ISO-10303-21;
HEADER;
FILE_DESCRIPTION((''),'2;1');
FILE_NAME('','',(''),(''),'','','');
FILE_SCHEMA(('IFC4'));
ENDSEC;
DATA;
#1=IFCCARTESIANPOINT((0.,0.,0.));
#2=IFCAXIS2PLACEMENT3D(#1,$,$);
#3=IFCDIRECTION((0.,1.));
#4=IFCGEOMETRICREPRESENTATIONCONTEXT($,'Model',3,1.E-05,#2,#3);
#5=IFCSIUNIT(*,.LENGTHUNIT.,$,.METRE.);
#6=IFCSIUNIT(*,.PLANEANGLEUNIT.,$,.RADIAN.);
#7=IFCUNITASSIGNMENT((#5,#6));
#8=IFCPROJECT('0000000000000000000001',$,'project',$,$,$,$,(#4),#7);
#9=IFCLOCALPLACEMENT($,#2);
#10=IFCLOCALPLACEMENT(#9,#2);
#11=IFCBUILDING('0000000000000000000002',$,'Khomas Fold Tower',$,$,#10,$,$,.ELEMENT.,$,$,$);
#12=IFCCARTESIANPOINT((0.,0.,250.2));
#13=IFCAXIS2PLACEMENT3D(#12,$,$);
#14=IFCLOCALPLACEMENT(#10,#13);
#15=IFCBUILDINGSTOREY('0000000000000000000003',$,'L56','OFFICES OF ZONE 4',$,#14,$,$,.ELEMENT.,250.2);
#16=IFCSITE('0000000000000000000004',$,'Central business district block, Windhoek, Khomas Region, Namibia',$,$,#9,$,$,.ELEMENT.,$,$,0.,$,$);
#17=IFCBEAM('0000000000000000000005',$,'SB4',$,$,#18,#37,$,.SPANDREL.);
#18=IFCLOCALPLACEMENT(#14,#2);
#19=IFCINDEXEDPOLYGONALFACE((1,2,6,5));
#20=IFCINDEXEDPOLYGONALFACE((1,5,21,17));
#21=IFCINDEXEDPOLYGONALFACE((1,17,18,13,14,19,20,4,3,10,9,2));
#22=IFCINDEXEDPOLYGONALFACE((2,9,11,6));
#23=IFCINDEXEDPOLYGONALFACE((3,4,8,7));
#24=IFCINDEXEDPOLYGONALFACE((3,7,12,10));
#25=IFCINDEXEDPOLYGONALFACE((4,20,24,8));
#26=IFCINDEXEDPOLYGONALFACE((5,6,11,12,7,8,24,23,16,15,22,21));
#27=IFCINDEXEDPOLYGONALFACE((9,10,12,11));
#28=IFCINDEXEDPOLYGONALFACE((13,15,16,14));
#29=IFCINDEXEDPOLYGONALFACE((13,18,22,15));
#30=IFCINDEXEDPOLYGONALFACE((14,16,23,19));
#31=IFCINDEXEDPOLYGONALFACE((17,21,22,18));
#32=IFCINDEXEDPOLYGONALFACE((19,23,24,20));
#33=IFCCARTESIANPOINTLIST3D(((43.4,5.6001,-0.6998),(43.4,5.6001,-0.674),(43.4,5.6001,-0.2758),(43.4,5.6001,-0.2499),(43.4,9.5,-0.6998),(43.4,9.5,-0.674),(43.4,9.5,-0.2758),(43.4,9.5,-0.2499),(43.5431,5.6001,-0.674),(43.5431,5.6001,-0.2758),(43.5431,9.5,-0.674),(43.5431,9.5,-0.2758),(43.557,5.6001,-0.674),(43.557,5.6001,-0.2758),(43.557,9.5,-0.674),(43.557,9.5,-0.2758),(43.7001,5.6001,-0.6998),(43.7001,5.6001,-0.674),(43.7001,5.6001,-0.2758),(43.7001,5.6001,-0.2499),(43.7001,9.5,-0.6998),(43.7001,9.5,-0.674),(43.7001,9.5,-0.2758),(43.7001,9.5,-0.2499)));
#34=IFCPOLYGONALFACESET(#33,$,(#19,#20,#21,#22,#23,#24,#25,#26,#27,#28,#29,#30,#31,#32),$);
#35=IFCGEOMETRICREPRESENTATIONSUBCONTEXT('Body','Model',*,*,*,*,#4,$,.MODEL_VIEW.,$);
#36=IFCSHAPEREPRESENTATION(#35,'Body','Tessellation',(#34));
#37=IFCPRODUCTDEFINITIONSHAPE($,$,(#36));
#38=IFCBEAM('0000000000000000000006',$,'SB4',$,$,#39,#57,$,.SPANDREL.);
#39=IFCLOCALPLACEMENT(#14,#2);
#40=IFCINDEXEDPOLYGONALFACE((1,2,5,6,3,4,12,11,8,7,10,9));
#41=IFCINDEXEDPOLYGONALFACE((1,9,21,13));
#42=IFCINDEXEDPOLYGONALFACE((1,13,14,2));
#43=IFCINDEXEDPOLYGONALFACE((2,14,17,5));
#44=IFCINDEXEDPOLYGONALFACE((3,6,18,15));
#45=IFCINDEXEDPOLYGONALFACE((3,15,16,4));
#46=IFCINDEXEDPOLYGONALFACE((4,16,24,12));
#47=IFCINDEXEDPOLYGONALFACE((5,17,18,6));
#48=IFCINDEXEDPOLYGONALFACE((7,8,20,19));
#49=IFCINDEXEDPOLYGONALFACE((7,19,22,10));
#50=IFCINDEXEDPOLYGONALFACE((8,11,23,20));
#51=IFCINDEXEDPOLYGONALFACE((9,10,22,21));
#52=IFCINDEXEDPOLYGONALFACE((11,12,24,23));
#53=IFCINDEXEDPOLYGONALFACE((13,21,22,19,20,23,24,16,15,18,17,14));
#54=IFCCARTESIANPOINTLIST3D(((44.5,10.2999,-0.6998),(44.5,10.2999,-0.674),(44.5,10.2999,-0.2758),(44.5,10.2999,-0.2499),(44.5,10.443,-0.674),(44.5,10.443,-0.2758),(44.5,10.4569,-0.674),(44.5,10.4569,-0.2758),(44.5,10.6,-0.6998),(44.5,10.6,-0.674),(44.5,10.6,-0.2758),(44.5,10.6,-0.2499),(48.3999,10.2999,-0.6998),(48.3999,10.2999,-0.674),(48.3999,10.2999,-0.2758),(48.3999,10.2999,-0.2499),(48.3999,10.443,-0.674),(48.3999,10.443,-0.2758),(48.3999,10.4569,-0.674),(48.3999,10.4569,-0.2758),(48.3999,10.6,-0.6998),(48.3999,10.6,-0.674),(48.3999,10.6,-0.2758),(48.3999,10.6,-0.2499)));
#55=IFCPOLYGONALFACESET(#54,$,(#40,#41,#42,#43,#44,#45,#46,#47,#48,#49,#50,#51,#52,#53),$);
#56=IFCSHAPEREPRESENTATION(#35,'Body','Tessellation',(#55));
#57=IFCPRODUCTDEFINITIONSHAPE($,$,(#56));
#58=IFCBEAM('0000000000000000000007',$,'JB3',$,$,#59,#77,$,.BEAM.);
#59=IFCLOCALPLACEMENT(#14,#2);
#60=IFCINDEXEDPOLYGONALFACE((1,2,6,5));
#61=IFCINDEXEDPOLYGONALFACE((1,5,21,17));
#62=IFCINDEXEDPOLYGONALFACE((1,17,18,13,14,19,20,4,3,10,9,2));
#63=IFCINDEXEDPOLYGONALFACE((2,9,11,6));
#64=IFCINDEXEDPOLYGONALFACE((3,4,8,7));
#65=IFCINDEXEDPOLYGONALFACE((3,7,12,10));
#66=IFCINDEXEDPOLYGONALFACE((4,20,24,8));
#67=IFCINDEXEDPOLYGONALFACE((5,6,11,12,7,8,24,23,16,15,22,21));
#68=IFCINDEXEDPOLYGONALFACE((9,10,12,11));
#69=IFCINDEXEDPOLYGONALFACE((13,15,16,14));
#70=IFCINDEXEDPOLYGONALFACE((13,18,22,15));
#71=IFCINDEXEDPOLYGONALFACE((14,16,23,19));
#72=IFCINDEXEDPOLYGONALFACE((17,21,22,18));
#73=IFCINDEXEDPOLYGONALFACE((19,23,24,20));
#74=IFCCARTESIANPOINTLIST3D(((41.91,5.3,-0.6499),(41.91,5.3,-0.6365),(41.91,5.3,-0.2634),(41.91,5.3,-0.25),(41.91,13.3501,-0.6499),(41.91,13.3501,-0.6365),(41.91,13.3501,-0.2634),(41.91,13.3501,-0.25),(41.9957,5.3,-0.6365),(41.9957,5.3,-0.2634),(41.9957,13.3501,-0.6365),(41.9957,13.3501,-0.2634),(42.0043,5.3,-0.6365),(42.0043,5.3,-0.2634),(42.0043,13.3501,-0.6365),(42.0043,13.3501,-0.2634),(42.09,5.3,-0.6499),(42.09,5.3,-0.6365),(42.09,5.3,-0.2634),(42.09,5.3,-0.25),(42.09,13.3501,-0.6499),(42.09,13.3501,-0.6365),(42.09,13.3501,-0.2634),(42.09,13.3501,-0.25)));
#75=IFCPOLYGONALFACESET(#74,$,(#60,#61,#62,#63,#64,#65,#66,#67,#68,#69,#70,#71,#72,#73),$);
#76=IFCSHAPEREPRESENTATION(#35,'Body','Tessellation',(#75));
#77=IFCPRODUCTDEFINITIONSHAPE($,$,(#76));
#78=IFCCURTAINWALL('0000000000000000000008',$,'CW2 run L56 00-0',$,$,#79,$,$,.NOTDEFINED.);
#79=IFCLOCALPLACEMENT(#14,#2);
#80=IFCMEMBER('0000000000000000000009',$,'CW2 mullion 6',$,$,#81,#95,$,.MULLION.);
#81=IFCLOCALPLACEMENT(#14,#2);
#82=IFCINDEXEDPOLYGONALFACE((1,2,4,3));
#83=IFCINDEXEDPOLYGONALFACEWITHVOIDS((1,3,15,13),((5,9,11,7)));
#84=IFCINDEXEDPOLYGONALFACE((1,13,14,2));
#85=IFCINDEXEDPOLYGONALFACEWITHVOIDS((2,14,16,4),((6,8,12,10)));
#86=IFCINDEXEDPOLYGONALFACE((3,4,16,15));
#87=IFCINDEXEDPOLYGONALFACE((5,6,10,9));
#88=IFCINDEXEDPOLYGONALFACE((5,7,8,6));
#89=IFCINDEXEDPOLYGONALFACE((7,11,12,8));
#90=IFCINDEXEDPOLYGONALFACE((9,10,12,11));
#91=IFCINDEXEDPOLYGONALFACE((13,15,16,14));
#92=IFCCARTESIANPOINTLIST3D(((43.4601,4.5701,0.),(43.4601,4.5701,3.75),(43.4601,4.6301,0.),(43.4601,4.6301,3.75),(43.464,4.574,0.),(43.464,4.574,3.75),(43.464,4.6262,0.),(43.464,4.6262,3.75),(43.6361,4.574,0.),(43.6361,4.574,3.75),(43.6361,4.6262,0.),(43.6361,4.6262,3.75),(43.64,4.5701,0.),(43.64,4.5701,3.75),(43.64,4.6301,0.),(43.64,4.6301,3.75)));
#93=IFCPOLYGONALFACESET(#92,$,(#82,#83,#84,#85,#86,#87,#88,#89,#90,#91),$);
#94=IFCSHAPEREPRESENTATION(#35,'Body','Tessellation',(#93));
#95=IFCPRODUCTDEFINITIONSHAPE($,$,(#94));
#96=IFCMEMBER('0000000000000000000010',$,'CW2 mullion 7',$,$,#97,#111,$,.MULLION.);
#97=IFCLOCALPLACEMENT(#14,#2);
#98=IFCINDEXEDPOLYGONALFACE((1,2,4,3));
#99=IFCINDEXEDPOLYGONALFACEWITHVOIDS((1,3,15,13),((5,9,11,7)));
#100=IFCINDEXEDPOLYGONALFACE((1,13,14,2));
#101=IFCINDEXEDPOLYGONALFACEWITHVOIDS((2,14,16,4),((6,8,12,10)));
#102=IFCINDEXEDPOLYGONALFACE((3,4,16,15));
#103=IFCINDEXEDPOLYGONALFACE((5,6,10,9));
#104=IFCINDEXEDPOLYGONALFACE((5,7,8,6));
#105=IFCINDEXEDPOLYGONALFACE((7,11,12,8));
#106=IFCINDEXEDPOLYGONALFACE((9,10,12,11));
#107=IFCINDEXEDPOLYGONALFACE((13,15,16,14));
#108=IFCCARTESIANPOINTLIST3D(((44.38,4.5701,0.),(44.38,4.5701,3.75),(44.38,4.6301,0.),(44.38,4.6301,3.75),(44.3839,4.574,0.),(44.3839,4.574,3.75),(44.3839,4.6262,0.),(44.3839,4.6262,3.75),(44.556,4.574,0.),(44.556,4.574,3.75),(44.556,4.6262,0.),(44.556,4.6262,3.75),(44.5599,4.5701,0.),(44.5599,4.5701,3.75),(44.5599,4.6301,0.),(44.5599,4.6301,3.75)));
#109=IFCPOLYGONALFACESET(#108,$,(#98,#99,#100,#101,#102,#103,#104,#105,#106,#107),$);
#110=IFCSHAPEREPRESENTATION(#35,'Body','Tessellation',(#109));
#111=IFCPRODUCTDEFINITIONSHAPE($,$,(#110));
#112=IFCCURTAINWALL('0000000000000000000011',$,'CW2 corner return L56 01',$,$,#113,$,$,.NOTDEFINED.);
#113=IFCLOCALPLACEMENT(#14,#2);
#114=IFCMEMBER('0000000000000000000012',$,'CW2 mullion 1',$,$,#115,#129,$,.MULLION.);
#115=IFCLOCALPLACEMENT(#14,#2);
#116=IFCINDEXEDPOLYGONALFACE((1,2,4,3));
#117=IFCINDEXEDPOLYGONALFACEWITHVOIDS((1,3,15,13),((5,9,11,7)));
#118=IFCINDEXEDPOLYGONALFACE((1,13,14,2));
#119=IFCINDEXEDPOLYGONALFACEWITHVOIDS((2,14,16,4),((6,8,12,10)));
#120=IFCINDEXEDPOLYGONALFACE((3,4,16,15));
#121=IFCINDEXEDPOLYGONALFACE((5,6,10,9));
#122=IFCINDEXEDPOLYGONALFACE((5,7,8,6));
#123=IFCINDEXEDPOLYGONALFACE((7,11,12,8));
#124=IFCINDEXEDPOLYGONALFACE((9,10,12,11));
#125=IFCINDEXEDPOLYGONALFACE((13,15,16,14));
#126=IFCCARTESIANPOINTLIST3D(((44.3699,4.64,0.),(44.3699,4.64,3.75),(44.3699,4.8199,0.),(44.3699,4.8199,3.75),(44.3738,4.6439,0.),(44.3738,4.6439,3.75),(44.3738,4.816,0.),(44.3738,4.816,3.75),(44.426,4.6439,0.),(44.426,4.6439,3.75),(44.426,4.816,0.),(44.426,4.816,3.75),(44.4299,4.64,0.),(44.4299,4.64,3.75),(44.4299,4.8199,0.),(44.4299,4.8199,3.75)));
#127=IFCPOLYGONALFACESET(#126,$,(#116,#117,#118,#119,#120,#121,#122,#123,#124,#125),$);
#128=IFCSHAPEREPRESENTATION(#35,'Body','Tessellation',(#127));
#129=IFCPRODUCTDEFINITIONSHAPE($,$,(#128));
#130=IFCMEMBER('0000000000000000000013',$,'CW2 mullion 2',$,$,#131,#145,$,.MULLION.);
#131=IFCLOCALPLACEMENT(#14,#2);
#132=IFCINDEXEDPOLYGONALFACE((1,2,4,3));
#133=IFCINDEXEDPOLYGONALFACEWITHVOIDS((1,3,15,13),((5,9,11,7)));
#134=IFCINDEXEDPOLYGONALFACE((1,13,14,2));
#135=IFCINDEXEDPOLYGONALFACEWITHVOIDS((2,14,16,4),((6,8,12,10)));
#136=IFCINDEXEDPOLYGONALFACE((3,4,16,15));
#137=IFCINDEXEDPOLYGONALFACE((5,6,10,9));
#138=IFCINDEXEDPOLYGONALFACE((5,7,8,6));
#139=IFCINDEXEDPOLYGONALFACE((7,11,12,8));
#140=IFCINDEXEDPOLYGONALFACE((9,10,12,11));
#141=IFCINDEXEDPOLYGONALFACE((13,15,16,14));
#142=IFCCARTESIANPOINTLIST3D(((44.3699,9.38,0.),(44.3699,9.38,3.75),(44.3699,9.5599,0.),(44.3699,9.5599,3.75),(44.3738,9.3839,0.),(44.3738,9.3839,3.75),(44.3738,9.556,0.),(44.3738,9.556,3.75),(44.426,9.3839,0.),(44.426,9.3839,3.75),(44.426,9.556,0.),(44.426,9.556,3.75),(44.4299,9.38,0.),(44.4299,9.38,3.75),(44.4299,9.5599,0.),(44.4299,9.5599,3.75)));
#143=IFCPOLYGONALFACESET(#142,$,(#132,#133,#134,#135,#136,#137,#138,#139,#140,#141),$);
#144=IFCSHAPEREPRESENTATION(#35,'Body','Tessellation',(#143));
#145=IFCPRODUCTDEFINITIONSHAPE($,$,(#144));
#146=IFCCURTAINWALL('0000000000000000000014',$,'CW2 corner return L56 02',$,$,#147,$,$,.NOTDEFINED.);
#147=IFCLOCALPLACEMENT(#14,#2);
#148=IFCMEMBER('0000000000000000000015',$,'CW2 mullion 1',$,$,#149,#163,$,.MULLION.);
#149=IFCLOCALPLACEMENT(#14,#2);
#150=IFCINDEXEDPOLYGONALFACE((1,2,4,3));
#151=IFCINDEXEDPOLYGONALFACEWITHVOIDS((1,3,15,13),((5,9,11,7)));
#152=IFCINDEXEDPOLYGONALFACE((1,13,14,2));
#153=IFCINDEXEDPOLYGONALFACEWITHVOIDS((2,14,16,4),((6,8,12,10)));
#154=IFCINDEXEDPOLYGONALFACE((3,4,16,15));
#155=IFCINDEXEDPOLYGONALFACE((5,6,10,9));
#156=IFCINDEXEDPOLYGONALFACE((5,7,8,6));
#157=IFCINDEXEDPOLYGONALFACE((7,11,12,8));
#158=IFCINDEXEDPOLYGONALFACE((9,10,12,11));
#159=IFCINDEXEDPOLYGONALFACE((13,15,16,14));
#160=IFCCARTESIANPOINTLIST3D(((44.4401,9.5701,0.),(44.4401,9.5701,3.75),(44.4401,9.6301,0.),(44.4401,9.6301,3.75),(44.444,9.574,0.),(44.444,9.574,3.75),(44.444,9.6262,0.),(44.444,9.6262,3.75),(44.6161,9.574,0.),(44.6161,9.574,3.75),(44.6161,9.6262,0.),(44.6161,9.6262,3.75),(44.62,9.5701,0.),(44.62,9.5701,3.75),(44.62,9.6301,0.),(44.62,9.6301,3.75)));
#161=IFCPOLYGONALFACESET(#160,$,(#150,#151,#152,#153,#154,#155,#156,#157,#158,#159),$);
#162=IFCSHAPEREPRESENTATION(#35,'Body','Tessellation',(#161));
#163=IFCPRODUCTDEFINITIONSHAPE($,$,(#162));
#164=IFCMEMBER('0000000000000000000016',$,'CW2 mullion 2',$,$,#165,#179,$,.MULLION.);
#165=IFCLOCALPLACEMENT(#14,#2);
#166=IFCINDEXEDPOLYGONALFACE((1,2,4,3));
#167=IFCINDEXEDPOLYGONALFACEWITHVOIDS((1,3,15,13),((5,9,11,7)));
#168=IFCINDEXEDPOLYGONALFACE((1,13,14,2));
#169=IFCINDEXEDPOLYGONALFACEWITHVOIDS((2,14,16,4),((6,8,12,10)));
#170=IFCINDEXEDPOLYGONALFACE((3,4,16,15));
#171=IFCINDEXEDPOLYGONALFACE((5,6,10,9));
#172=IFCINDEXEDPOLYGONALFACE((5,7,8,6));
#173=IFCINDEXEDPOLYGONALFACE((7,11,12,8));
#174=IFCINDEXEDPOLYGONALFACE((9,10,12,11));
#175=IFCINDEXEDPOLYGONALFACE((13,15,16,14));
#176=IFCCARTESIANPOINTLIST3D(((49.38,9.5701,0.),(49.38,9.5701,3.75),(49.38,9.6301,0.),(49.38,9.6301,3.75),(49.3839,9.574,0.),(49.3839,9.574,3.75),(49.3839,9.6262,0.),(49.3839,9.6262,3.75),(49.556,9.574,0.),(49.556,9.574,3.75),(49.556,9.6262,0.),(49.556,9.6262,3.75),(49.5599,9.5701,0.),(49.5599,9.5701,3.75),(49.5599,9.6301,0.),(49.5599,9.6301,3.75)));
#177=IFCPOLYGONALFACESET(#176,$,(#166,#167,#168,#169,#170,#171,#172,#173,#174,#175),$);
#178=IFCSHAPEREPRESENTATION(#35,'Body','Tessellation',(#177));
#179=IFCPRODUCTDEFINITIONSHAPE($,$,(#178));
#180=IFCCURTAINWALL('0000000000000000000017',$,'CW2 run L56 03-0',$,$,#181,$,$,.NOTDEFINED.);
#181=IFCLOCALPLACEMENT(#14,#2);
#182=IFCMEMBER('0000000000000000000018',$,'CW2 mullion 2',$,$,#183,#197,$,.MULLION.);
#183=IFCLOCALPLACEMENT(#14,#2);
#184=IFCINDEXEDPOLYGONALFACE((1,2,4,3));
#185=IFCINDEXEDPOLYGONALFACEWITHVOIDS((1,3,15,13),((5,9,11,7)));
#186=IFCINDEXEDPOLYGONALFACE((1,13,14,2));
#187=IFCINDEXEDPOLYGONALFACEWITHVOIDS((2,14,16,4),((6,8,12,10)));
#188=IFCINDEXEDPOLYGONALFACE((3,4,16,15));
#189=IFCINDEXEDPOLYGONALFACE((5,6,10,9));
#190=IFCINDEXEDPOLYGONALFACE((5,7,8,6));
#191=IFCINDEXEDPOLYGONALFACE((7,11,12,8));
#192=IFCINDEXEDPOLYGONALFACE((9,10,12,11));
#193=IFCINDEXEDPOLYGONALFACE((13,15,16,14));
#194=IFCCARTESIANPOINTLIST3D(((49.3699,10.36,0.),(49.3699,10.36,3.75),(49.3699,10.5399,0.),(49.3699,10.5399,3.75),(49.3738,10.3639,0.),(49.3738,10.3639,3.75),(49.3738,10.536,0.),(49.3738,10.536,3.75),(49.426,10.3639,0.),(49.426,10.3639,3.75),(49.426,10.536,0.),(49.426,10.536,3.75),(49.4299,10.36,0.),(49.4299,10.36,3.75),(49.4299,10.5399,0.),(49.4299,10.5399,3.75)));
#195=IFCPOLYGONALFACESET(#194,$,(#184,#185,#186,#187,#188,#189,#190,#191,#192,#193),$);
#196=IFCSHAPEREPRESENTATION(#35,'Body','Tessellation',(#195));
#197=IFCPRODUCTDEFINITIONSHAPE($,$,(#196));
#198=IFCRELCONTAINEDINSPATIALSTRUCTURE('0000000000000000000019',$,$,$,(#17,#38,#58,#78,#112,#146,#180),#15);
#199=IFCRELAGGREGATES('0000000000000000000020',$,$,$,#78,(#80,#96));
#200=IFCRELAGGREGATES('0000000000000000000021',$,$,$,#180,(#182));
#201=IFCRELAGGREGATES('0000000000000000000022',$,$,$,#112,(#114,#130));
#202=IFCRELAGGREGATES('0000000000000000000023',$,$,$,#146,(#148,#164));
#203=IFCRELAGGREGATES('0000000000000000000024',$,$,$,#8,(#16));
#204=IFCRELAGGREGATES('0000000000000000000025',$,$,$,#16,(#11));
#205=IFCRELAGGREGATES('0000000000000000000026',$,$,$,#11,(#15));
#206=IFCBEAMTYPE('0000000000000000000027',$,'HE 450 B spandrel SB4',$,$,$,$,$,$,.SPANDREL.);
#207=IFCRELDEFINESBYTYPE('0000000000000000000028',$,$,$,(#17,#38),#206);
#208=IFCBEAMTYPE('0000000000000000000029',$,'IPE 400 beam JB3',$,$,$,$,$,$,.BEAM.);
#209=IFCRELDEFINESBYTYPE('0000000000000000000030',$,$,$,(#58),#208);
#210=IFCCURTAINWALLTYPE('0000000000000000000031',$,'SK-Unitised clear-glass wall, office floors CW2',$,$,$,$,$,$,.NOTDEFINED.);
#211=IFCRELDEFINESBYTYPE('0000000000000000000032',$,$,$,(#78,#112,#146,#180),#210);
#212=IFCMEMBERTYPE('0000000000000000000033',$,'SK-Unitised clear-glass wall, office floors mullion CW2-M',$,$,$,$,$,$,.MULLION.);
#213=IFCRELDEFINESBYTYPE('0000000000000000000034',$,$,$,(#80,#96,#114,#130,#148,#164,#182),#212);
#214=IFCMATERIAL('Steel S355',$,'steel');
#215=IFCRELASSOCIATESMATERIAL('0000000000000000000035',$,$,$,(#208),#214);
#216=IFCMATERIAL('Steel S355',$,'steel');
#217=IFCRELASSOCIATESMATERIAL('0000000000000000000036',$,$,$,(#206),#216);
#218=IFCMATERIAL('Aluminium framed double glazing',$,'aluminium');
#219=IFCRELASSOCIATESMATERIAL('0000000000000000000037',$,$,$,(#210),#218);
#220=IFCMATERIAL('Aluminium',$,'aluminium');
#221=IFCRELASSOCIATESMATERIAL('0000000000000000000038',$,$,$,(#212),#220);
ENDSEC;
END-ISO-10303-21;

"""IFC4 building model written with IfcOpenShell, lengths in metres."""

from ifc_helpers import new_model, si_unit, direction, frame, origin, origin_2d, place, context, subcontext, project, spatial, hollow_rectangle, i_section, extrude, source, transform, mapped, material, material_profile, profile_set, type_object, element, aggregate, save


model = new_model("IFC4")

# Units and contexts
model_context = context("Model", 3, precision=1e-05, world=origin(), true_north=direction((0.0, 1.0)))
body_context = subcontext(model_context, "Body", "Model", "MODEL_VIEW")
ifc_project = project(units=[si_unit("LENGTHUNIT", "METRE"), si_unit("PLANEANGLEUNIT", "RADIAN")], contexts=[model_context])

# Site, building, storey
site_placement = place(None, origin())
site = spatial("IfcSite", under=ifc_project, at=site_placement, Name="Central business district block, Windhoek, Khomas Region, Namibia", CompositionType="ELEMENT", RefElevation=0.0)
building_placement = place(site_placement, origin())
building = spatial("IfcBuilding", under=site, at=building_placement, Name="Khomas Fold Tower", CompositionType="ELEMENT")
storey_placement = place(building_placement, frame((0.0, 0.0, 250.2)))
storey = spatial("IfcBuildingStorey", under=building, at=storey_placement, Name="L56", Description="OFFICES OF ZONE 4", CompositionType="ELEMENT", Elevation=250.2)

# Beams
ifc_material_1 = material(Name="Steel S355", Category="steel")
ifc_material_profile_1 = material_profile(ifc_material_1, i_section(OverallWidth=0.1799, OverallDepth=0.3999, WebThickness=0.0085, FlangeThickness=0.0134, at=origin_2d()), Name="IPE 400")
ifc_profile_set_1 = profile_set([ifc_material_profile_1], Name="Steel S355")
beam_type_1 = type_object("IfcBeamType", Name="IPE 400 beam JB3", PredefinedType="BEAM", material=ifc_profile_set_1)
ifc_material_2 = material(Name="Steel S355", Category="steel")
ifc_material_profile_2 = material_profile(ifc_material_2, i_section(OverallWidth=0.3, OverallDepth=0.45, WebThickness=0.0139, FlangeThickness=0.0259, at=origin_2d()), Name="HE 450 B")
ifc_profile_set_2 = profile_set([ifc_material_profile_2], Name="Steel S355")
beam_type_2 = type_object("IfcBeamType", Name="HE 450 B spandrel SB4", PredefinedType="SPANDREL", material=ifc_profile_set_2)
shared_shape_1 = source(origin(), body_context, "Body", "SweptSolid", [
    extrude(i_section(OverallWidth=0.3, OverallDepth=0.45, WebThickness=0.0139, FlangeThickness=0.0259, at=origin_2d()), origin(), (0.0, 0.0, 1.0), 3.8999),
])
for number, where, z_axis, x_axis, name in (
    (1, (43.55, 5.6001, -0.4749), (0.0, 1.0, 0.0), (-1.0, 0.0, 0.0), "SB4"),
    (2, (44.5, 10.45, -0.4749), (1.0, 0.0, 0.0), (0.0, 1.0, 0.0), "SB4"),
):
    element("IfcBeam", number, at=place(storey_placement, frame(where, z_axis=z_axis, x_axis=x_axis)), inside=storey, type_object=beam_type_2, Name=name, PredefinedType="SPANDREL", context=body_context, shape_type="MappedRepresentation", body=[
        mapped(shared_shape_1, transform((0.0, 0.0, 0.0))),
    ])
shared_shape_2 = source(origin(), body_context, "Body", "SweptSolid", [
    extrude(i_section(OverallWidth=0.1799, OverallDepth=0.3999, WebThickness=0.0085, FlangeThickness=0.0134, at=origin_2d()), origin(), (0.0, 0.0, 1.0), 8.05),
])
beam_1_placement = place(storey_placement, frame((42.0, 5.3, -0.45), z_axis=(0.0, 1.0, 0.0), x_axis=(-1.0, 0.0, 0.0)))
element("IfcBeam", 3, at=beam_1_placement, inside=storey, type_object=beam_type_1, Name="JB3", PredefinedType="BEAM", context=body_context, shape_type="MappedRepresentation", body=[
    mapped(shared_shape_2, transform((0.0, 0.0, 0.0))),
])

# Curtain walls, members
ifc_material_3 = material(Name="Aluminium framed double glazing", Category="aluminium")
curtain_wall_type = type_object("IfcCurtainWallType", Name="SK-Unitised clear-glass wall, office floors CW2", PredefinedType="NOTDEFINED", material=ifc_material_3)
curtain_wall_1_placement = place(storey_placement, origin())
curtain_wall_1 = element("IfcCurtainWall", 4, at=curtain_wall_1_placement, inside=storey, type_object=curtain_wall_type, Name="CW2 run L56 00-0", PredefinedType="NOTDEFINED")
ifc_material_4 = material(Name="Aluminium", Category="aluminium")
ifc_material_profile_3 = material_profile(ifc_material_4, hollow_rectangle(XDim=0.0601, YDim=0.1799, WallThickness=0.0039, at=origin_2d()), Name="SK-Unitised clear-glass wall, office floors mullion CW2-M")
ifc_profile_set_3 = profile_set([ifc_material_profile_3], Name="Aluminium")
member_type_1 = type_object("IfcMemberType", Name="SK-Unitised clear-glass wall, office floors mullion CW2-M", PredefinedType="MULLION", material=ifc_profile_set_3)
shared_shape_3 = source(origin(), body_context, "Body", "SweptSolid", [
    extrude(hollow_rectangle(XDim=0.0601, YDim=0.1799, WallThickness=0.0039, at=origin_2d()), origin(), (0.0, 0.0, 1.0), 3.75),
])
member_1_placement = place(storey_placement, frame((43.55, 4.6001, 0.0), z_axis=(0.0, 0.0, 1.0), x_axis=(0.0, 1.0, 0.0)))
member_1 = element("IfcMember", 5, at=member_1_placement, type_object=member_type_1, Name="CW2 mullion 6", PredefinedType="MULLION", context=body_context, shape_type="MappedRepresentation", body=[
    mapped(shared_shape_3, transform((0.0, 0.0, 0.0))),
])
member_2_placement = place(storey_placement, frame((44.47, 4.6001, 0.0), z_axis=(0.0, 0.0, 1.0), x_axis=(0.0, 1.0, 0.0)))
member_2 = element("IfcMember", 6, at=member_2_placement, type_object=member_type_1, Name="CW2 mullion 7", PredefinedType="MULLION", context=body_context, shape_type="MappedRepresentation", body=[
    mapped(shared_shape_3, transform((0.0, 0.0, 0.0))),
])
curtain_wall_2_placement = place(storey_placement, origin())
curtain_wall_2 = element("IfcCurtainWall", 7, at=curtain_wall_2_placement, inside=storey, type_object=curtain_wall_type, Name="CW2 corner return L56 01", PredefinedType="NOTDEFINED")
member_3_placement = place(storey_placement, frame((44.3999, 4.73, 0.0), z_axis=(0.0, 0.0, 1.0), x_axis=(-1.0, 0.0, 0.0)))
member_3 = element("IfcMember", 8, at=member_3_placement, type_object=member_type_1, Name="CW2 mullion 1", PredefinedType="MULLION", context=body_context, shape_type="MappedRepresentation", body=[
    mapped(shared_shape_3, transform((0.0, 0.0, 0.0))),
])
member_4_placement = place(storey_placement, frame((44.3999, 9.47, 0.0), z_axis=(0.0, 0.0, 1.0), x_axis=(-1.0, 0.0, 0.0)))
member_4 = element("IfcMember", 9, at=member_4_placement, type_object=member_type_1, Name="CW2 mullion 2", PredefinedType="MULLION", context=body_context, shape_type="MappedRepresentation", body=[
    mapped(shared_shape_3, transform((0.0, 0.0, 0.0))),
])
curtain_wall_3_placement = place(storey_placement, origin())
curtain_wall_3 = element("IfcCurtainWall", 10, at=curtain_wall_3_placement, inside=storey, type_object=curtain_wall_type, Name="CW2 corner return L56 02", PredefinedType="NOTDEFINED")
member_5_placement = place(storey_placement, frame((44.53, 9.6001, 0.0), z_axis=(0.0, 0.0, 1.0), x_axis=(0.0, 1.0, 0.0)))
member_5 = element("IfcMember", 11, at=member_5_placement, type_object=member_type_1, Name="CW2 mullion 1", PredefinedType="MULLION", context=body_context, shape_type="MappedRepresentation", body=[
    mapped(shared_shape_3, transform((0.0, 0.0, 0.0))),
])
member_6_placement = place(storey_placement, frame((49.47, 9.6001, 0.0), z_axis=(0.0, 0.0, 1.0), x_axis=(0.0, 1.0, 0.0)))
member_6 = element("IfcMember", 12, at=member_6_placement, type_object=member_type_1, Name="CW2 mullion 2", PredefinedType="MULLION", context=body_context, shape_type="MappedRepresentation", body=[
    mapped(shared_shape_3, transform((0.0, 0.0, 0.0))),
])
curtain_wall_4_placement = place(storey_placement, origin())
curtain_wall_4 = element("IfcCurtainWall", 13, at=curtain_wall_4_placement, inside=storey, type_object=curtain_wall_type, Name="CW2 run L56 03-0", PredefinedType="NOTDEFINED")
member_7_placement = place(storey_placement, frame((49.3999, 10.45, 0.0), z_axis=(0.0, 0.0, 1.0), x_axis=(-1.0, 0.0, 0.0)))
member_7 = element("IfcMember", 14, at=member_7_placement, type_object=member_type_1, Name="CW2 mullion 2", PredefinedType="MULLION", context=body_context, shape_type="MappedRepresentation", body=[
    mapped(shared_shape_3, transform((0.0, 0.0, 0.0))),
])

aggregate(curtain_wall_1, [member_1, member_2])
aggregate(curtain_wall_4, [member_7])
aggregate(curtain_wall_2, [member_3, member_4])
aggregate(curtain_wall_3, [member_5, member_6])

save(model, "model.ifc")
